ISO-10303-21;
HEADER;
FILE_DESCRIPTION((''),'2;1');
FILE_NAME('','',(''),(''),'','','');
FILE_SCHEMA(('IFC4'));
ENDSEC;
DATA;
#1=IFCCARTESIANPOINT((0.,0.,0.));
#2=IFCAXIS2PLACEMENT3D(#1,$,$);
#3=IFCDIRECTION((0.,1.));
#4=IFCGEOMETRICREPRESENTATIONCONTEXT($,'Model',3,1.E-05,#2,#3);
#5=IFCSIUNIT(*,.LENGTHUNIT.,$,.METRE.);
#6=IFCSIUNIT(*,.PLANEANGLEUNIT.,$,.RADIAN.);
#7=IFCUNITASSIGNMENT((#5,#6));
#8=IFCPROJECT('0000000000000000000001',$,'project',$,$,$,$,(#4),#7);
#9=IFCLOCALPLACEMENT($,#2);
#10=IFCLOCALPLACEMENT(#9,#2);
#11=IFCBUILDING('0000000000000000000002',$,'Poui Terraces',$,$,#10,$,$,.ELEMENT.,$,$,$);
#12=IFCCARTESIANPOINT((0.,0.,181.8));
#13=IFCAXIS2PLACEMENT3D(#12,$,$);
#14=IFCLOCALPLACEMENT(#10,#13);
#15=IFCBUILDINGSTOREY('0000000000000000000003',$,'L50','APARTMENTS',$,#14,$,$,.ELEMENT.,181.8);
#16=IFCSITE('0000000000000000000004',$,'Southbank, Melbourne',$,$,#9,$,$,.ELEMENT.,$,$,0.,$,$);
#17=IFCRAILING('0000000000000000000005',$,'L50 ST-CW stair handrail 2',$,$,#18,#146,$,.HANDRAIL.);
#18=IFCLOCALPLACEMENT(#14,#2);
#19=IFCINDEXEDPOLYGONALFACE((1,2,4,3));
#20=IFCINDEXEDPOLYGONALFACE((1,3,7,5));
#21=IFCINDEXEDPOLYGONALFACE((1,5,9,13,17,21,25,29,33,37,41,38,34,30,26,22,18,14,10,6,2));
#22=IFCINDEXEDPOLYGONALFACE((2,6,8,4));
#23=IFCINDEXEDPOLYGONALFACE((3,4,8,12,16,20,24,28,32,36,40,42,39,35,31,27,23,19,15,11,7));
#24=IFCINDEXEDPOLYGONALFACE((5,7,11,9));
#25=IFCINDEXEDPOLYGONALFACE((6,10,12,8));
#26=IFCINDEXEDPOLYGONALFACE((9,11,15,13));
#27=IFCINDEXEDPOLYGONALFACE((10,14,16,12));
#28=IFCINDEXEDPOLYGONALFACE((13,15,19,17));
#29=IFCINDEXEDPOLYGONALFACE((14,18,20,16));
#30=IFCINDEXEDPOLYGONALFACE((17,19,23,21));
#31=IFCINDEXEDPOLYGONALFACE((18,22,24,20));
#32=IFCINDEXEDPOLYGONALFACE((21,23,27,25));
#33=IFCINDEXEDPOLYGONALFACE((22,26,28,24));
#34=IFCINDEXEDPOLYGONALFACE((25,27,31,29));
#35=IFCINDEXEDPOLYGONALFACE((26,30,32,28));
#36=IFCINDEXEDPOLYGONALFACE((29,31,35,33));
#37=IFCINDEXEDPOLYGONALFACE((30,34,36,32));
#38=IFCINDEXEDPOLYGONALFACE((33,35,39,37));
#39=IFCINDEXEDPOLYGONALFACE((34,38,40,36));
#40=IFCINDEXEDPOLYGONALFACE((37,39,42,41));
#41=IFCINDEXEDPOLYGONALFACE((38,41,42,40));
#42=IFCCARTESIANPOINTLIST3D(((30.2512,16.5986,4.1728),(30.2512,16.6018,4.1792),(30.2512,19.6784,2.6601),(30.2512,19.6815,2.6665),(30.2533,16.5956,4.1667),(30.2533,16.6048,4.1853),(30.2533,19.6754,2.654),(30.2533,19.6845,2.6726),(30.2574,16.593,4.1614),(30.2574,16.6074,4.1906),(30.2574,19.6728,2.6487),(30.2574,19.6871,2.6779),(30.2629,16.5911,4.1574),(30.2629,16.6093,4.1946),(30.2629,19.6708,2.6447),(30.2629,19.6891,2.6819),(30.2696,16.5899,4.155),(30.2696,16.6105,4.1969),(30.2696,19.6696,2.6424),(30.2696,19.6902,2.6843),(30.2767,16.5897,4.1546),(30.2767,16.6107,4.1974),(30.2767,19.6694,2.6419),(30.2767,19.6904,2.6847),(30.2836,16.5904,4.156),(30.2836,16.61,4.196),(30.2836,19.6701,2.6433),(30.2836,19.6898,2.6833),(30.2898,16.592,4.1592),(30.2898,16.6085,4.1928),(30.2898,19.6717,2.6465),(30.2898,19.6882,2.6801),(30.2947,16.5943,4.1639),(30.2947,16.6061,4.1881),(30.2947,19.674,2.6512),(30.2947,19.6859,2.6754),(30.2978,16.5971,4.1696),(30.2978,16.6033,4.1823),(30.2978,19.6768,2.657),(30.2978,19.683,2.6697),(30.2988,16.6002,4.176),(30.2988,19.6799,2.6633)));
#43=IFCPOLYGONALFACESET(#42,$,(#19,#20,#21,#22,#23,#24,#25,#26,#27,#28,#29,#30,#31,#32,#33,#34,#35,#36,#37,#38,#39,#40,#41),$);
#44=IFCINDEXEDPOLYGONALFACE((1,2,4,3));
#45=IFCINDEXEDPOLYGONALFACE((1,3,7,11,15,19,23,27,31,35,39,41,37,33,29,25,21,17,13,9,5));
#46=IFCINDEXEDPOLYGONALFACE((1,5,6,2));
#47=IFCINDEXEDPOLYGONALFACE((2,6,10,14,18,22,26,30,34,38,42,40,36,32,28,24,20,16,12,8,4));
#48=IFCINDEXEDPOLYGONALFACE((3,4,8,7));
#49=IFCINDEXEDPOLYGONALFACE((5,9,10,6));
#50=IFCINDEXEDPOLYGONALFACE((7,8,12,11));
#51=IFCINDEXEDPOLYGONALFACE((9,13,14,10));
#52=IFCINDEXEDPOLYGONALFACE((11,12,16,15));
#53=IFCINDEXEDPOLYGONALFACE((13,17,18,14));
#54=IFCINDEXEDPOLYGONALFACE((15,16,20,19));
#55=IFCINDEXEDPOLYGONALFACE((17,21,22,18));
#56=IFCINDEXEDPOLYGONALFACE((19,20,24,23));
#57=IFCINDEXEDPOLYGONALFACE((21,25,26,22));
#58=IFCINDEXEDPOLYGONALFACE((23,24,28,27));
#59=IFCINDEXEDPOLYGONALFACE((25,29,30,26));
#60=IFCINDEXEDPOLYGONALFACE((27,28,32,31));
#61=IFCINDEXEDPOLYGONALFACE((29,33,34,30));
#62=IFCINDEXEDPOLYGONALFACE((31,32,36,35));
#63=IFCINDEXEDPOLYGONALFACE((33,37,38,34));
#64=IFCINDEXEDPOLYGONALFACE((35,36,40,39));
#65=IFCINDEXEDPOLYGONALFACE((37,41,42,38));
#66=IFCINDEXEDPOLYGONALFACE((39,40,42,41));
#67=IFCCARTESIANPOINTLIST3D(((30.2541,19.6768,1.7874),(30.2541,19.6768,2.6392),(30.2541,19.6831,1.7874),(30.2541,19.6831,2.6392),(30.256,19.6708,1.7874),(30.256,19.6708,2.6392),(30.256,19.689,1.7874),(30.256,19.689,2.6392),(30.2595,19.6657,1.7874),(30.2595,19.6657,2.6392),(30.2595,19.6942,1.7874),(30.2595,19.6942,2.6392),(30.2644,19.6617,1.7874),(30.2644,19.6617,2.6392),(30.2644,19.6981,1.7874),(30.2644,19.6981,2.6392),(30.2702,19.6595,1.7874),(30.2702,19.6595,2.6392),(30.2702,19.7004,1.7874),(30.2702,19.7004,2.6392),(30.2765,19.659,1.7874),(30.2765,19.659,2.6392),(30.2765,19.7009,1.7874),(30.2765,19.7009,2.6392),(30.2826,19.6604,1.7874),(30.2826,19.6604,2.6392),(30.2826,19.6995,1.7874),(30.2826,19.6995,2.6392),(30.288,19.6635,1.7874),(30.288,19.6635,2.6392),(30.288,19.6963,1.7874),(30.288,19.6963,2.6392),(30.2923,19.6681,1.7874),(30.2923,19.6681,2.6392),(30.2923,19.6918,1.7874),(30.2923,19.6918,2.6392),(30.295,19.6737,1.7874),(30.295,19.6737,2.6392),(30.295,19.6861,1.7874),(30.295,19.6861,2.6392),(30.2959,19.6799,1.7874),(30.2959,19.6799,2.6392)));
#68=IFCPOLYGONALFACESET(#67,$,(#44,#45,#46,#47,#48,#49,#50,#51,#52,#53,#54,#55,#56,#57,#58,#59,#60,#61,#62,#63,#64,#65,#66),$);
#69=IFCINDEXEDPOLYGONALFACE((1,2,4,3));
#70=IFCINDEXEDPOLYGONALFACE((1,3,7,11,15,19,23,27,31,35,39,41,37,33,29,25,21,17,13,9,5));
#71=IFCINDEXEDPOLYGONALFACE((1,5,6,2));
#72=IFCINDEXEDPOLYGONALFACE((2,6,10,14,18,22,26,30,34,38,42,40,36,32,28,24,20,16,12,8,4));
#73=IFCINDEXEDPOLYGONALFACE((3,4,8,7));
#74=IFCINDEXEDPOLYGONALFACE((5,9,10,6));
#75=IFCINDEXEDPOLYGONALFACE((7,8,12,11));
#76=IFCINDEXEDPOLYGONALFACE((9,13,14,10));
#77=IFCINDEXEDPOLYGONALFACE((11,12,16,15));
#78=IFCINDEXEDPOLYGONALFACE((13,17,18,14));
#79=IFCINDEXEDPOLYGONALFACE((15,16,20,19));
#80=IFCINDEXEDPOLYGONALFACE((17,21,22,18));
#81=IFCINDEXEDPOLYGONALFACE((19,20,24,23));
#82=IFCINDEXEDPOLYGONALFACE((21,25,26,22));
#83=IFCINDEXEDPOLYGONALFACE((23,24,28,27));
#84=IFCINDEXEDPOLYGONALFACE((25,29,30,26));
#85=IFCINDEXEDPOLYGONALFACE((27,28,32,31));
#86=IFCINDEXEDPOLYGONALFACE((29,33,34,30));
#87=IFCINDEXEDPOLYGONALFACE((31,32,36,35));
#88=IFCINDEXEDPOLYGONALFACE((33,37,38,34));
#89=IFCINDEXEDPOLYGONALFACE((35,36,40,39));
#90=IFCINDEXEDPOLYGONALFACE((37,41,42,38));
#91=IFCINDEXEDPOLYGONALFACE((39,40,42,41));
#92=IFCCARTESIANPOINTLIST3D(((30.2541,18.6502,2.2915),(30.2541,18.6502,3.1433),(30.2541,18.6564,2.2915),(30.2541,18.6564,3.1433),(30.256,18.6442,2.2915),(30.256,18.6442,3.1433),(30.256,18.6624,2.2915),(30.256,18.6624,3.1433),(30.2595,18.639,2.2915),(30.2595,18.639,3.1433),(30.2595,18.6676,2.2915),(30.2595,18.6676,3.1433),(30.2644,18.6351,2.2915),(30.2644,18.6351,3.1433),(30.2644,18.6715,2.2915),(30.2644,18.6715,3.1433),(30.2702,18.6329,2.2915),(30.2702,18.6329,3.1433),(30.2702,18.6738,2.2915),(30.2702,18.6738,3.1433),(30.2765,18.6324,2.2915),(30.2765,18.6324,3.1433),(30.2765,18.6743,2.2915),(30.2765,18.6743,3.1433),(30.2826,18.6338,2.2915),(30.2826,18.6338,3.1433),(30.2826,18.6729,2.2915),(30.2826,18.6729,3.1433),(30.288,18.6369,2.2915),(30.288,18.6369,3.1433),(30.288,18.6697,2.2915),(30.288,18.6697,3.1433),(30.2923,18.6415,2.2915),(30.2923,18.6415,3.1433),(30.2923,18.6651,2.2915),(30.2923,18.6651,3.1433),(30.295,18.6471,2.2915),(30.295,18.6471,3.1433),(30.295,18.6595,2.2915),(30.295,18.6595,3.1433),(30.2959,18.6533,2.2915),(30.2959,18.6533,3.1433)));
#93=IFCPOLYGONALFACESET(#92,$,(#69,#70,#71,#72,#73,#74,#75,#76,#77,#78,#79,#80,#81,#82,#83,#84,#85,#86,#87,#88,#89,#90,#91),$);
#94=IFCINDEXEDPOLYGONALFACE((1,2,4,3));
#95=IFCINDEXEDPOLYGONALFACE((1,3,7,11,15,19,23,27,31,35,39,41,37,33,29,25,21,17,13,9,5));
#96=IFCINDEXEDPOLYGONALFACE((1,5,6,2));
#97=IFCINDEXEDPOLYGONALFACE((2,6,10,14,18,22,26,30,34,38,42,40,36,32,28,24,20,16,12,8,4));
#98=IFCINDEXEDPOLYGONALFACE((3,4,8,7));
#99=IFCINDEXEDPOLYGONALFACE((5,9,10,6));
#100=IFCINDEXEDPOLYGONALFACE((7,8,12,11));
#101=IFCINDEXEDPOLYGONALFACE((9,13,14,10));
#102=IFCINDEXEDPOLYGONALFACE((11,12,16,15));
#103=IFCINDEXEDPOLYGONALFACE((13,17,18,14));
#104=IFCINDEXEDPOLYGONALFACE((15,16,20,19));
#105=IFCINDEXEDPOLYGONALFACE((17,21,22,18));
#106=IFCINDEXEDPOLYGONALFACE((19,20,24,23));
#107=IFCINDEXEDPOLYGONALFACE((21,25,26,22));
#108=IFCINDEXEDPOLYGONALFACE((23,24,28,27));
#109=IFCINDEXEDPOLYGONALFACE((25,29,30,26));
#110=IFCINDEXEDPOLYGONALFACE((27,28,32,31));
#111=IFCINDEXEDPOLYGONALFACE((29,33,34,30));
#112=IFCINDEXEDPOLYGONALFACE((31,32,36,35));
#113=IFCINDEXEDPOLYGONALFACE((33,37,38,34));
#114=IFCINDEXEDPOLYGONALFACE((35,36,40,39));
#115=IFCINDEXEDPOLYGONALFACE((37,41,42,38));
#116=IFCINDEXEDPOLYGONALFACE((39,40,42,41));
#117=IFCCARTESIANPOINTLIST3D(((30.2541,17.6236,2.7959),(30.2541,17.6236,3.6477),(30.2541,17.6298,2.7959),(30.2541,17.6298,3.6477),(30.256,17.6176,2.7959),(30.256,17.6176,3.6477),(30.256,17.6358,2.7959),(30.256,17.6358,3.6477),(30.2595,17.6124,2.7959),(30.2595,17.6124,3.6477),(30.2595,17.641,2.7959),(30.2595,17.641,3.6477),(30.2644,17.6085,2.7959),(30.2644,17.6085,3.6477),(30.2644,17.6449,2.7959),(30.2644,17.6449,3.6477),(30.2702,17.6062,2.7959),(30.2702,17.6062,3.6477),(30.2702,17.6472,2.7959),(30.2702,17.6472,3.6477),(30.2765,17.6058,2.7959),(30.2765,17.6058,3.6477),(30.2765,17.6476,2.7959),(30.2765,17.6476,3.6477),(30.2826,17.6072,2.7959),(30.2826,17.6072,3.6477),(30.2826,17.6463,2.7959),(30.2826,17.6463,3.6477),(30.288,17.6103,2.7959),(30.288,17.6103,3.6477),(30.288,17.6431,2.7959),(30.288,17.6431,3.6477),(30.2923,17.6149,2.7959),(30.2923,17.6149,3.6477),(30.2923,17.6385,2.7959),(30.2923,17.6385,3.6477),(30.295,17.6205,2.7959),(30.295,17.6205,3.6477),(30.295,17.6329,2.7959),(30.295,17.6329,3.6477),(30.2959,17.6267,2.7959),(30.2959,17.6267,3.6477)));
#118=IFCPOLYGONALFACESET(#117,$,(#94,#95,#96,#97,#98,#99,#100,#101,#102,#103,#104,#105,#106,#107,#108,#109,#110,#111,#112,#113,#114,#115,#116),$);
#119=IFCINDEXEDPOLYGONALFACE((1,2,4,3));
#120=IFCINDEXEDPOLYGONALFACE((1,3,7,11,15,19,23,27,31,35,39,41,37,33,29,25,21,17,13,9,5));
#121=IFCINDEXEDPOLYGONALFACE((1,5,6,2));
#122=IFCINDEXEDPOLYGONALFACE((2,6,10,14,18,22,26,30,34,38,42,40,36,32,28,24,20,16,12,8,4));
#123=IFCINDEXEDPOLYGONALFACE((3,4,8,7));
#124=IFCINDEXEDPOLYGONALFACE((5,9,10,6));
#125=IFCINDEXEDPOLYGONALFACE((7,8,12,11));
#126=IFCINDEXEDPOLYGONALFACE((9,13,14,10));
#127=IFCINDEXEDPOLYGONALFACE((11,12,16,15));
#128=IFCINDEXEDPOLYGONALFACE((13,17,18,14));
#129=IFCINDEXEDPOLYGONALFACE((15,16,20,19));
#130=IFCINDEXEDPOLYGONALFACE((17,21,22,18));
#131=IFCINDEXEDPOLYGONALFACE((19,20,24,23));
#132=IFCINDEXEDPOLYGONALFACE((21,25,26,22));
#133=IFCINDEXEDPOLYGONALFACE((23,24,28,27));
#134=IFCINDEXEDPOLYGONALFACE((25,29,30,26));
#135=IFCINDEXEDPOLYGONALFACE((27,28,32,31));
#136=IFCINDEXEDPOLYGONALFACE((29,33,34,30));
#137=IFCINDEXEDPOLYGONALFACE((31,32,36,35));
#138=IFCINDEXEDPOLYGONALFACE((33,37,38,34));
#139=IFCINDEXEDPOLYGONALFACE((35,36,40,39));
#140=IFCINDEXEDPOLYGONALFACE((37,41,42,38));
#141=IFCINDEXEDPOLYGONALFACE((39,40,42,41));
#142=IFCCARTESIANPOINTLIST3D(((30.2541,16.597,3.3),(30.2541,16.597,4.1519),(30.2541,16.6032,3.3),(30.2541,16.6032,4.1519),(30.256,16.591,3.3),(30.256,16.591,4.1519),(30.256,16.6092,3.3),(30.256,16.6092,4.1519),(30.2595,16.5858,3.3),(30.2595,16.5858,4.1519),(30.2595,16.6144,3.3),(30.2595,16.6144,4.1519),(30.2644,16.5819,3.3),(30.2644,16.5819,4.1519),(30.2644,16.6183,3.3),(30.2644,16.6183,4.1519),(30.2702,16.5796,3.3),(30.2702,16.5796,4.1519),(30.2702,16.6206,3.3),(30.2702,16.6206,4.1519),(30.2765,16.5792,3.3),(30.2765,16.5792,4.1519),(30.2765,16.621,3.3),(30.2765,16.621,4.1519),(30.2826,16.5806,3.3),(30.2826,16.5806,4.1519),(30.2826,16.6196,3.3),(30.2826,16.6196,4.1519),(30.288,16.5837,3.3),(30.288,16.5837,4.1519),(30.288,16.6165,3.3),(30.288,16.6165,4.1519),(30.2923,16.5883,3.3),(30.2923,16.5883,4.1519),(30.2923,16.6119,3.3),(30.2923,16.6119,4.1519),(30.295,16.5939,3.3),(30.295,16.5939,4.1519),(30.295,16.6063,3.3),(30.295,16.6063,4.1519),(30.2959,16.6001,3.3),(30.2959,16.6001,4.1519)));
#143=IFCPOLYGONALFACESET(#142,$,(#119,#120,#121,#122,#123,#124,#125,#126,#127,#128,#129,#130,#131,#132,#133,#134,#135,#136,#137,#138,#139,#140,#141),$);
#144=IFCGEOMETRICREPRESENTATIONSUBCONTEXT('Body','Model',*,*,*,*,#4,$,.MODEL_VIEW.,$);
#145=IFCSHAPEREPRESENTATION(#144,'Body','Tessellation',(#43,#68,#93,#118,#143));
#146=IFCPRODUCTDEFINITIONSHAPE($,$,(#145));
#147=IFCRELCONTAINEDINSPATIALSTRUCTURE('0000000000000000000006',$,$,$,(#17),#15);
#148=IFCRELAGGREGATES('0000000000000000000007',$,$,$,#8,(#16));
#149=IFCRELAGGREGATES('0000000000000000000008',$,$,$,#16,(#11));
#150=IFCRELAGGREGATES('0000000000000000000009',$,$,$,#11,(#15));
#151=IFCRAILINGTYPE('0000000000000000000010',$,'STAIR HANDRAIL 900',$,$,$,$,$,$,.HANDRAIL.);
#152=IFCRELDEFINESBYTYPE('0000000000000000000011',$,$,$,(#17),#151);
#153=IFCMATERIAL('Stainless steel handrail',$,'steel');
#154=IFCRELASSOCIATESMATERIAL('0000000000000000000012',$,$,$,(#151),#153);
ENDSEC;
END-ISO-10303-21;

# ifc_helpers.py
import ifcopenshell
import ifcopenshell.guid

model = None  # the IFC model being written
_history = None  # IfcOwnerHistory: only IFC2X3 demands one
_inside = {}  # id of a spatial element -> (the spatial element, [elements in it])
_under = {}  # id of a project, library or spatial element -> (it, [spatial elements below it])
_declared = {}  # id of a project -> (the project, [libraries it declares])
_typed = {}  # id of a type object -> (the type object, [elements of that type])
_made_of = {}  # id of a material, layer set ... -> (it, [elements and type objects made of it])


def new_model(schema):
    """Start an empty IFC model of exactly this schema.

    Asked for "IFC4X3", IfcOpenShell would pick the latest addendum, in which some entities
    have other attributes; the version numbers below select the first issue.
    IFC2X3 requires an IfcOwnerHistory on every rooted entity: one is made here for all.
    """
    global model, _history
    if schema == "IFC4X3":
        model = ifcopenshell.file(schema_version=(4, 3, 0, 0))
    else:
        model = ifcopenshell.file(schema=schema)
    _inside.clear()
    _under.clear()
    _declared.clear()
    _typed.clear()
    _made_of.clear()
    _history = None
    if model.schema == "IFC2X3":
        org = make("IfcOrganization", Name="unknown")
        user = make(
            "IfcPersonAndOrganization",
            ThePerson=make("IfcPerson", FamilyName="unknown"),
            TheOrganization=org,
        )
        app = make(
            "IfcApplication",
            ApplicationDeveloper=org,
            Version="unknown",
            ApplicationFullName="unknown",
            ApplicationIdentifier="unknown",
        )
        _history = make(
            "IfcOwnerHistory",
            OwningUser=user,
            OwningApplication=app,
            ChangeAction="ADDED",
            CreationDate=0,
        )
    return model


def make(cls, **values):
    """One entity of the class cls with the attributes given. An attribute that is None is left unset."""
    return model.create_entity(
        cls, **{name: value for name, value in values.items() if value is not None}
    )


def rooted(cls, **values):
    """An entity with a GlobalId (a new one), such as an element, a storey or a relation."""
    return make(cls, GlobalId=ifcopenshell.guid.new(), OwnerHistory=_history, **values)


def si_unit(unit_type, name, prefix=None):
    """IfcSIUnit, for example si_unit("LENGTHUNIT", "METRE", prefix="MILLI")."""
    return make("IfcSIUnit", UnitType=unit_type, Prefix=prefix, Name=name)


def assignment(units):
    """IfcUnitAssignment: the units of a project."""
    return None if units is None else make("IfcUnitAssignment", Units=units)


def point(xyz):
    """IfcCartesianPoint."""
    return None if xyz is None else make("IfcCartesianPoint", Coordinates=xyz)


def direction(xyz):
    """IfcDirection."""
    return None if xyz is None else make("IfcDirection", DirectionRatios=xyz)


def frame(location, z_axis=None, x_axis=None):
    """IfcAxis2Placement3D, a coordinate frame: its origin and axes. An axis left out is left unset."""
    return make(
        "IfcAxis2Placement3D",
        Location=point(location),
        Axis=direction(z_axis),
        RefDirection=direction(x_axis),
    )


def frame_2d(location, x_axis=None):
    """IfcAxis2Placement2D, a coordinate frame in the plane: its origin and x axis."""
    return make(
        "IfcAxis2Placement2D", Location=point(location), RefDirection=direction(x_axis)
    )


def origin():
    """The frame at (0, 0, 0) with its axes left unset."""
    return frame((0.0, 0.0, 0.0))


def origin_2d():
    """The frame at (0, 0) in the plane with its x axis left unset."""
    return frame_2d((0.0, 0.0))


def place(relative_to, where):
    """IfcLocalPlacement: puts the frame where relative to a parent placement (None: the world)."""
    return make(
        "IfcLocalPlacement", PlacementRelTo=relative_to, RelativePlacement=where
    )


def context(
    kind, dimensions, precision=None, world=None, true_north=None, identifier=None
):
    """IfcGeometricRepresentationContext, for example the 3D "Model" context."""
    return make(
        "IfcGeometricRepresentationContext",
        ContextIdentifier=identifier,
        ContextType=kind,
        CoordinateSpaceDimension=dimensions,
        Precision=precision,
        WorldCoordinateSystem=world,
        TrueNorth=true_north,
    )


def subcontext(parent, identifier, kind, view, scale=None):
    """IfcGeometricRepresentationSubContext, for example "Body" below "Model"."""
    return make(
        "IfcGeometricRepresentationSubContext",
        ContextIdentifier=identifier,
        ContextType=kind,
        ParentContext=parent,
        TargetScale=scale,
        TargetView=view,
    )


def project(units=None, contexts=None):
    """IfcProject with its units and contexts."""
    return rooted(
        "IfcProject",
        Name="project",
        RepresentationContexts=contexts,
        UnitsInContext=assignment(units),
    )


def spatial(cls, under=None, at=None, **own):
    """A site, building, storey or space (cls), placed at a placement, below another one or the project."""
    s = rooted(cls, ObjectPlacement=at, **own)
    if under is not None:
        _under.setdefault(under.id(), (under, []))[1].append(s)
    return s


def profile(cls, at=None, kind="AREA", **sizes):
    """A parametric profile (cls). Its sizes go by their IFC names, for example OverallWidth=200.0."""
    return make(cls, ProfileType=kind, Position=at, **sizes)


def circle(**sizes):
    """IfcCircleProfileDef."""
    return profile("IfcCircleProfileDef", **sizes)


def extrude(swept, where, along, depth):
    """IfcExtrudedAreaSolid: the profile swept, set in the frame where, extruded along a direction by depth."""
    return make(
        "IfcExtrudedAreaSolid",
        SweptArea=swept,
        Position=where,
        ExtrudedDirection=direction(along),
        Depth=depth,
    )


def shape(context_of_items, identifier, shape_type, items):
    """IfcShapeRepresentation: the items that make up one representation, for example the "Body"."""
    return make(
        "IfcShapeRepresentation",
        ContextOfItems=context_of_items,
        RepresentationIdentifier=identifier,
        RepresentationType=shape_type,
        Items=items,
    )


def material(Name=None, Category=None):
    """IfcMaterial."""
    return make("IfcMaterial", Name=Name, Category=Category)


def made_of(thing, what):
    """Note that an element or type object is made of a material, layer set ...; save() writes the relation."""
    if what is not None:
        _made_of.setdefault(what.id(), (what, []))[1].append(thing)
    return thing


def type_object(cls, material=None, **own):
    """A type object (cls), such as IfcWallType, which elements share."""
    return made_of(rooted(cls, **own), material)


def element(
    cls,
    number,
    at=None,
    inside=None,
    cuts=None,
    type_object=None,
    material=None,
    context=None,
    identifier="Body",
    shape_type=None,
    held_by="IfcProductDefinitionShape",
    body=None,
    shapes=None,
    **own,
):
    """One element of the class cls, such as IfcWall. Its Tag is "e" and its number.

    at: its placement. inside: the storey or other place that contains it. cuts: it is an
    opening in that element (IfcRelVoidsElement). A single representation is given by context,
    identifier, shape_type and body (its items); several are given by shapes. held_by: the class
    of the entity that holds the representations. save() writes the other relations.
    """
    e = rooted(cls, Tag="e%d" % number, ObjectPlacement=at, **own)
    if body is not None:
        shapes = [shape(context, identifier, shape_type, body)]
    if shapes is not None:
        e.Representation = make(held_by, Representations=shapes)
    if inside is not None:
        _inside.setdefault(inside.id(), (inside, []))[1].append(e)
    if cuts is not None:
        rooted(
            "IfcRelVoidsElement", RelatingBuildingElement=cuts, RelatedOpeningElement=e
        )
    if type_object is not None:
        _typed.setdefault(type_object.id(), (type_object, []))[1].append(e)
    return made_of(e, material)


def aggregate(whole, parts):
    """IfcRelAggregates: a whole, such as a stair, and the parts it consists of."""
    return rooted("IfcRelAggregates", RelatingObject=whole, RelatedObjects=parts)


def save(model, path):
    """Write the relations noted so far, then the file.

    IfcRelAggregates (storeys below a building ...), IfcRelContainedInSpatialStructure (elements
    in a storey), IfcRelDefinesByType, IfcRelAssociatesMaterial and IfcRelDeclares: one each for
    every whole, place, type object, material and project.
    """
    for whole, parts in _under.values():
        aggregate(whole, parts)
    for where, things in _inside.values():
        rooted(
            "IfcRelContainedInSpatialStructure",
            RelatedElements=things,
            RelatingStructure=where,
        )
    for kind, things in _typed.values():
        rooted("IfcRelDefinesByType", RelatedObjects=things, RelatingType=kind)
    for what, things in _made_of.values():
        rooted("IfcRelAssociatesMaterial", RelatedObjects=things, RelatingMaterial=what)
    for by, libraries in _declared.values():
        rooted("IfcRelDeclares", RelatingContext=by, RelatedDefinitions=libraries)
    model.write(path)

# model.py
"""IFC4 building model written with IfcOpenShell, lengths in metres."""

from ifc_helpers import new_model, si_unit, direction, frame, origin, origin_2d, place, context, subcontext, project, spatial, circle, extrude, material, type_object, element, save


model = new_model("IFC4")

# Units and contexts
model_context = context("Model", 3, precision=1e-05, world=origin(), true_north=direction((0.0, 1.0)))
body_context = subcontext(model_context, "Body", "Model", "MODEL_VIEW")
ifc_project = project(units=[si_unit("LENGTHUNIT", "METRE"), si_unit("PLANEANGLEUNIT", "RADIAN")], contexts=[model_context])

# Site, building, storey
site_placement = place(None, origin())
site = spatial("IfcSite", under=ifc_project, at=site_placement, Name="Southbank, Melbourne", CompositionType="ELEMENT", RefElevation=0.0)
building_placement = place(site_placement, origin())
building = spatial("IfcBuilding", under=site, at=building_placement, Name="Poui Terraces", CompositionType="ELEMENT")
storey_placement = place(building_placement, frame((0.0, 0.0, 181.8)))
storey = spatial("IfcBuildingStorey", under=building, at=storey_placement, Name="L50", Description="APARTMENTS", CompositionType="ELEMENT", Elevation=181.8)

# Railing
ifc_material_1 = material(Name="Stainless steel handrail", Category="steel")
railing_type_1 = type_object("IfcRailingType", Name="STAIR HANDRAIL 900", PredefinedType="HANDRAIL", material=ifc_material_1)
railing_1_placement = place(storey_placement, frame((30.2749, 19.6799, 1.7874)))
element("IfcRailing", 1, at=railing_1_placement, inside=storey, type_object=railing_type_1, Name="L50 ST-CW stair handrail 2", PredefinedType="HANDRAIL", context=body_context, shape_type="SweptSolid", body=[
    extrude(circle(Radius=0.0239, at=origin_2d()), frame((0.0, 0.0, 0.876), z_axis=(0.0, -0.897578, 0.440856), x_axis=(1.0, 0.0, 0.0)), (0.0, 0.0, 1.0), 3.4312),
    extrude(circle(Radius=0.021, at=origin_2d()), origin(), (0.0, 0.0, 1.0), 0.8518),
    extrude(circle(Radius=0.021, at=origin_2d()), frame((0.0, -1.0266, 0.5042)), (0.0, 0.0, 1.0), 0.8518),
    extrude(circle(Radius=0.021, at=origin_2d()), frame((0.0, -2.0532, 1.0085)), (0.0, 0.0, 1.0), 0.8518),
    extrude(circle(Radius=0.021, at=origin_2d()), frame((0.0, -3.0798, 1.5127)), (0.0, 0.0, 1.0), 0.8518),
])

save(model, "model.ifc")
